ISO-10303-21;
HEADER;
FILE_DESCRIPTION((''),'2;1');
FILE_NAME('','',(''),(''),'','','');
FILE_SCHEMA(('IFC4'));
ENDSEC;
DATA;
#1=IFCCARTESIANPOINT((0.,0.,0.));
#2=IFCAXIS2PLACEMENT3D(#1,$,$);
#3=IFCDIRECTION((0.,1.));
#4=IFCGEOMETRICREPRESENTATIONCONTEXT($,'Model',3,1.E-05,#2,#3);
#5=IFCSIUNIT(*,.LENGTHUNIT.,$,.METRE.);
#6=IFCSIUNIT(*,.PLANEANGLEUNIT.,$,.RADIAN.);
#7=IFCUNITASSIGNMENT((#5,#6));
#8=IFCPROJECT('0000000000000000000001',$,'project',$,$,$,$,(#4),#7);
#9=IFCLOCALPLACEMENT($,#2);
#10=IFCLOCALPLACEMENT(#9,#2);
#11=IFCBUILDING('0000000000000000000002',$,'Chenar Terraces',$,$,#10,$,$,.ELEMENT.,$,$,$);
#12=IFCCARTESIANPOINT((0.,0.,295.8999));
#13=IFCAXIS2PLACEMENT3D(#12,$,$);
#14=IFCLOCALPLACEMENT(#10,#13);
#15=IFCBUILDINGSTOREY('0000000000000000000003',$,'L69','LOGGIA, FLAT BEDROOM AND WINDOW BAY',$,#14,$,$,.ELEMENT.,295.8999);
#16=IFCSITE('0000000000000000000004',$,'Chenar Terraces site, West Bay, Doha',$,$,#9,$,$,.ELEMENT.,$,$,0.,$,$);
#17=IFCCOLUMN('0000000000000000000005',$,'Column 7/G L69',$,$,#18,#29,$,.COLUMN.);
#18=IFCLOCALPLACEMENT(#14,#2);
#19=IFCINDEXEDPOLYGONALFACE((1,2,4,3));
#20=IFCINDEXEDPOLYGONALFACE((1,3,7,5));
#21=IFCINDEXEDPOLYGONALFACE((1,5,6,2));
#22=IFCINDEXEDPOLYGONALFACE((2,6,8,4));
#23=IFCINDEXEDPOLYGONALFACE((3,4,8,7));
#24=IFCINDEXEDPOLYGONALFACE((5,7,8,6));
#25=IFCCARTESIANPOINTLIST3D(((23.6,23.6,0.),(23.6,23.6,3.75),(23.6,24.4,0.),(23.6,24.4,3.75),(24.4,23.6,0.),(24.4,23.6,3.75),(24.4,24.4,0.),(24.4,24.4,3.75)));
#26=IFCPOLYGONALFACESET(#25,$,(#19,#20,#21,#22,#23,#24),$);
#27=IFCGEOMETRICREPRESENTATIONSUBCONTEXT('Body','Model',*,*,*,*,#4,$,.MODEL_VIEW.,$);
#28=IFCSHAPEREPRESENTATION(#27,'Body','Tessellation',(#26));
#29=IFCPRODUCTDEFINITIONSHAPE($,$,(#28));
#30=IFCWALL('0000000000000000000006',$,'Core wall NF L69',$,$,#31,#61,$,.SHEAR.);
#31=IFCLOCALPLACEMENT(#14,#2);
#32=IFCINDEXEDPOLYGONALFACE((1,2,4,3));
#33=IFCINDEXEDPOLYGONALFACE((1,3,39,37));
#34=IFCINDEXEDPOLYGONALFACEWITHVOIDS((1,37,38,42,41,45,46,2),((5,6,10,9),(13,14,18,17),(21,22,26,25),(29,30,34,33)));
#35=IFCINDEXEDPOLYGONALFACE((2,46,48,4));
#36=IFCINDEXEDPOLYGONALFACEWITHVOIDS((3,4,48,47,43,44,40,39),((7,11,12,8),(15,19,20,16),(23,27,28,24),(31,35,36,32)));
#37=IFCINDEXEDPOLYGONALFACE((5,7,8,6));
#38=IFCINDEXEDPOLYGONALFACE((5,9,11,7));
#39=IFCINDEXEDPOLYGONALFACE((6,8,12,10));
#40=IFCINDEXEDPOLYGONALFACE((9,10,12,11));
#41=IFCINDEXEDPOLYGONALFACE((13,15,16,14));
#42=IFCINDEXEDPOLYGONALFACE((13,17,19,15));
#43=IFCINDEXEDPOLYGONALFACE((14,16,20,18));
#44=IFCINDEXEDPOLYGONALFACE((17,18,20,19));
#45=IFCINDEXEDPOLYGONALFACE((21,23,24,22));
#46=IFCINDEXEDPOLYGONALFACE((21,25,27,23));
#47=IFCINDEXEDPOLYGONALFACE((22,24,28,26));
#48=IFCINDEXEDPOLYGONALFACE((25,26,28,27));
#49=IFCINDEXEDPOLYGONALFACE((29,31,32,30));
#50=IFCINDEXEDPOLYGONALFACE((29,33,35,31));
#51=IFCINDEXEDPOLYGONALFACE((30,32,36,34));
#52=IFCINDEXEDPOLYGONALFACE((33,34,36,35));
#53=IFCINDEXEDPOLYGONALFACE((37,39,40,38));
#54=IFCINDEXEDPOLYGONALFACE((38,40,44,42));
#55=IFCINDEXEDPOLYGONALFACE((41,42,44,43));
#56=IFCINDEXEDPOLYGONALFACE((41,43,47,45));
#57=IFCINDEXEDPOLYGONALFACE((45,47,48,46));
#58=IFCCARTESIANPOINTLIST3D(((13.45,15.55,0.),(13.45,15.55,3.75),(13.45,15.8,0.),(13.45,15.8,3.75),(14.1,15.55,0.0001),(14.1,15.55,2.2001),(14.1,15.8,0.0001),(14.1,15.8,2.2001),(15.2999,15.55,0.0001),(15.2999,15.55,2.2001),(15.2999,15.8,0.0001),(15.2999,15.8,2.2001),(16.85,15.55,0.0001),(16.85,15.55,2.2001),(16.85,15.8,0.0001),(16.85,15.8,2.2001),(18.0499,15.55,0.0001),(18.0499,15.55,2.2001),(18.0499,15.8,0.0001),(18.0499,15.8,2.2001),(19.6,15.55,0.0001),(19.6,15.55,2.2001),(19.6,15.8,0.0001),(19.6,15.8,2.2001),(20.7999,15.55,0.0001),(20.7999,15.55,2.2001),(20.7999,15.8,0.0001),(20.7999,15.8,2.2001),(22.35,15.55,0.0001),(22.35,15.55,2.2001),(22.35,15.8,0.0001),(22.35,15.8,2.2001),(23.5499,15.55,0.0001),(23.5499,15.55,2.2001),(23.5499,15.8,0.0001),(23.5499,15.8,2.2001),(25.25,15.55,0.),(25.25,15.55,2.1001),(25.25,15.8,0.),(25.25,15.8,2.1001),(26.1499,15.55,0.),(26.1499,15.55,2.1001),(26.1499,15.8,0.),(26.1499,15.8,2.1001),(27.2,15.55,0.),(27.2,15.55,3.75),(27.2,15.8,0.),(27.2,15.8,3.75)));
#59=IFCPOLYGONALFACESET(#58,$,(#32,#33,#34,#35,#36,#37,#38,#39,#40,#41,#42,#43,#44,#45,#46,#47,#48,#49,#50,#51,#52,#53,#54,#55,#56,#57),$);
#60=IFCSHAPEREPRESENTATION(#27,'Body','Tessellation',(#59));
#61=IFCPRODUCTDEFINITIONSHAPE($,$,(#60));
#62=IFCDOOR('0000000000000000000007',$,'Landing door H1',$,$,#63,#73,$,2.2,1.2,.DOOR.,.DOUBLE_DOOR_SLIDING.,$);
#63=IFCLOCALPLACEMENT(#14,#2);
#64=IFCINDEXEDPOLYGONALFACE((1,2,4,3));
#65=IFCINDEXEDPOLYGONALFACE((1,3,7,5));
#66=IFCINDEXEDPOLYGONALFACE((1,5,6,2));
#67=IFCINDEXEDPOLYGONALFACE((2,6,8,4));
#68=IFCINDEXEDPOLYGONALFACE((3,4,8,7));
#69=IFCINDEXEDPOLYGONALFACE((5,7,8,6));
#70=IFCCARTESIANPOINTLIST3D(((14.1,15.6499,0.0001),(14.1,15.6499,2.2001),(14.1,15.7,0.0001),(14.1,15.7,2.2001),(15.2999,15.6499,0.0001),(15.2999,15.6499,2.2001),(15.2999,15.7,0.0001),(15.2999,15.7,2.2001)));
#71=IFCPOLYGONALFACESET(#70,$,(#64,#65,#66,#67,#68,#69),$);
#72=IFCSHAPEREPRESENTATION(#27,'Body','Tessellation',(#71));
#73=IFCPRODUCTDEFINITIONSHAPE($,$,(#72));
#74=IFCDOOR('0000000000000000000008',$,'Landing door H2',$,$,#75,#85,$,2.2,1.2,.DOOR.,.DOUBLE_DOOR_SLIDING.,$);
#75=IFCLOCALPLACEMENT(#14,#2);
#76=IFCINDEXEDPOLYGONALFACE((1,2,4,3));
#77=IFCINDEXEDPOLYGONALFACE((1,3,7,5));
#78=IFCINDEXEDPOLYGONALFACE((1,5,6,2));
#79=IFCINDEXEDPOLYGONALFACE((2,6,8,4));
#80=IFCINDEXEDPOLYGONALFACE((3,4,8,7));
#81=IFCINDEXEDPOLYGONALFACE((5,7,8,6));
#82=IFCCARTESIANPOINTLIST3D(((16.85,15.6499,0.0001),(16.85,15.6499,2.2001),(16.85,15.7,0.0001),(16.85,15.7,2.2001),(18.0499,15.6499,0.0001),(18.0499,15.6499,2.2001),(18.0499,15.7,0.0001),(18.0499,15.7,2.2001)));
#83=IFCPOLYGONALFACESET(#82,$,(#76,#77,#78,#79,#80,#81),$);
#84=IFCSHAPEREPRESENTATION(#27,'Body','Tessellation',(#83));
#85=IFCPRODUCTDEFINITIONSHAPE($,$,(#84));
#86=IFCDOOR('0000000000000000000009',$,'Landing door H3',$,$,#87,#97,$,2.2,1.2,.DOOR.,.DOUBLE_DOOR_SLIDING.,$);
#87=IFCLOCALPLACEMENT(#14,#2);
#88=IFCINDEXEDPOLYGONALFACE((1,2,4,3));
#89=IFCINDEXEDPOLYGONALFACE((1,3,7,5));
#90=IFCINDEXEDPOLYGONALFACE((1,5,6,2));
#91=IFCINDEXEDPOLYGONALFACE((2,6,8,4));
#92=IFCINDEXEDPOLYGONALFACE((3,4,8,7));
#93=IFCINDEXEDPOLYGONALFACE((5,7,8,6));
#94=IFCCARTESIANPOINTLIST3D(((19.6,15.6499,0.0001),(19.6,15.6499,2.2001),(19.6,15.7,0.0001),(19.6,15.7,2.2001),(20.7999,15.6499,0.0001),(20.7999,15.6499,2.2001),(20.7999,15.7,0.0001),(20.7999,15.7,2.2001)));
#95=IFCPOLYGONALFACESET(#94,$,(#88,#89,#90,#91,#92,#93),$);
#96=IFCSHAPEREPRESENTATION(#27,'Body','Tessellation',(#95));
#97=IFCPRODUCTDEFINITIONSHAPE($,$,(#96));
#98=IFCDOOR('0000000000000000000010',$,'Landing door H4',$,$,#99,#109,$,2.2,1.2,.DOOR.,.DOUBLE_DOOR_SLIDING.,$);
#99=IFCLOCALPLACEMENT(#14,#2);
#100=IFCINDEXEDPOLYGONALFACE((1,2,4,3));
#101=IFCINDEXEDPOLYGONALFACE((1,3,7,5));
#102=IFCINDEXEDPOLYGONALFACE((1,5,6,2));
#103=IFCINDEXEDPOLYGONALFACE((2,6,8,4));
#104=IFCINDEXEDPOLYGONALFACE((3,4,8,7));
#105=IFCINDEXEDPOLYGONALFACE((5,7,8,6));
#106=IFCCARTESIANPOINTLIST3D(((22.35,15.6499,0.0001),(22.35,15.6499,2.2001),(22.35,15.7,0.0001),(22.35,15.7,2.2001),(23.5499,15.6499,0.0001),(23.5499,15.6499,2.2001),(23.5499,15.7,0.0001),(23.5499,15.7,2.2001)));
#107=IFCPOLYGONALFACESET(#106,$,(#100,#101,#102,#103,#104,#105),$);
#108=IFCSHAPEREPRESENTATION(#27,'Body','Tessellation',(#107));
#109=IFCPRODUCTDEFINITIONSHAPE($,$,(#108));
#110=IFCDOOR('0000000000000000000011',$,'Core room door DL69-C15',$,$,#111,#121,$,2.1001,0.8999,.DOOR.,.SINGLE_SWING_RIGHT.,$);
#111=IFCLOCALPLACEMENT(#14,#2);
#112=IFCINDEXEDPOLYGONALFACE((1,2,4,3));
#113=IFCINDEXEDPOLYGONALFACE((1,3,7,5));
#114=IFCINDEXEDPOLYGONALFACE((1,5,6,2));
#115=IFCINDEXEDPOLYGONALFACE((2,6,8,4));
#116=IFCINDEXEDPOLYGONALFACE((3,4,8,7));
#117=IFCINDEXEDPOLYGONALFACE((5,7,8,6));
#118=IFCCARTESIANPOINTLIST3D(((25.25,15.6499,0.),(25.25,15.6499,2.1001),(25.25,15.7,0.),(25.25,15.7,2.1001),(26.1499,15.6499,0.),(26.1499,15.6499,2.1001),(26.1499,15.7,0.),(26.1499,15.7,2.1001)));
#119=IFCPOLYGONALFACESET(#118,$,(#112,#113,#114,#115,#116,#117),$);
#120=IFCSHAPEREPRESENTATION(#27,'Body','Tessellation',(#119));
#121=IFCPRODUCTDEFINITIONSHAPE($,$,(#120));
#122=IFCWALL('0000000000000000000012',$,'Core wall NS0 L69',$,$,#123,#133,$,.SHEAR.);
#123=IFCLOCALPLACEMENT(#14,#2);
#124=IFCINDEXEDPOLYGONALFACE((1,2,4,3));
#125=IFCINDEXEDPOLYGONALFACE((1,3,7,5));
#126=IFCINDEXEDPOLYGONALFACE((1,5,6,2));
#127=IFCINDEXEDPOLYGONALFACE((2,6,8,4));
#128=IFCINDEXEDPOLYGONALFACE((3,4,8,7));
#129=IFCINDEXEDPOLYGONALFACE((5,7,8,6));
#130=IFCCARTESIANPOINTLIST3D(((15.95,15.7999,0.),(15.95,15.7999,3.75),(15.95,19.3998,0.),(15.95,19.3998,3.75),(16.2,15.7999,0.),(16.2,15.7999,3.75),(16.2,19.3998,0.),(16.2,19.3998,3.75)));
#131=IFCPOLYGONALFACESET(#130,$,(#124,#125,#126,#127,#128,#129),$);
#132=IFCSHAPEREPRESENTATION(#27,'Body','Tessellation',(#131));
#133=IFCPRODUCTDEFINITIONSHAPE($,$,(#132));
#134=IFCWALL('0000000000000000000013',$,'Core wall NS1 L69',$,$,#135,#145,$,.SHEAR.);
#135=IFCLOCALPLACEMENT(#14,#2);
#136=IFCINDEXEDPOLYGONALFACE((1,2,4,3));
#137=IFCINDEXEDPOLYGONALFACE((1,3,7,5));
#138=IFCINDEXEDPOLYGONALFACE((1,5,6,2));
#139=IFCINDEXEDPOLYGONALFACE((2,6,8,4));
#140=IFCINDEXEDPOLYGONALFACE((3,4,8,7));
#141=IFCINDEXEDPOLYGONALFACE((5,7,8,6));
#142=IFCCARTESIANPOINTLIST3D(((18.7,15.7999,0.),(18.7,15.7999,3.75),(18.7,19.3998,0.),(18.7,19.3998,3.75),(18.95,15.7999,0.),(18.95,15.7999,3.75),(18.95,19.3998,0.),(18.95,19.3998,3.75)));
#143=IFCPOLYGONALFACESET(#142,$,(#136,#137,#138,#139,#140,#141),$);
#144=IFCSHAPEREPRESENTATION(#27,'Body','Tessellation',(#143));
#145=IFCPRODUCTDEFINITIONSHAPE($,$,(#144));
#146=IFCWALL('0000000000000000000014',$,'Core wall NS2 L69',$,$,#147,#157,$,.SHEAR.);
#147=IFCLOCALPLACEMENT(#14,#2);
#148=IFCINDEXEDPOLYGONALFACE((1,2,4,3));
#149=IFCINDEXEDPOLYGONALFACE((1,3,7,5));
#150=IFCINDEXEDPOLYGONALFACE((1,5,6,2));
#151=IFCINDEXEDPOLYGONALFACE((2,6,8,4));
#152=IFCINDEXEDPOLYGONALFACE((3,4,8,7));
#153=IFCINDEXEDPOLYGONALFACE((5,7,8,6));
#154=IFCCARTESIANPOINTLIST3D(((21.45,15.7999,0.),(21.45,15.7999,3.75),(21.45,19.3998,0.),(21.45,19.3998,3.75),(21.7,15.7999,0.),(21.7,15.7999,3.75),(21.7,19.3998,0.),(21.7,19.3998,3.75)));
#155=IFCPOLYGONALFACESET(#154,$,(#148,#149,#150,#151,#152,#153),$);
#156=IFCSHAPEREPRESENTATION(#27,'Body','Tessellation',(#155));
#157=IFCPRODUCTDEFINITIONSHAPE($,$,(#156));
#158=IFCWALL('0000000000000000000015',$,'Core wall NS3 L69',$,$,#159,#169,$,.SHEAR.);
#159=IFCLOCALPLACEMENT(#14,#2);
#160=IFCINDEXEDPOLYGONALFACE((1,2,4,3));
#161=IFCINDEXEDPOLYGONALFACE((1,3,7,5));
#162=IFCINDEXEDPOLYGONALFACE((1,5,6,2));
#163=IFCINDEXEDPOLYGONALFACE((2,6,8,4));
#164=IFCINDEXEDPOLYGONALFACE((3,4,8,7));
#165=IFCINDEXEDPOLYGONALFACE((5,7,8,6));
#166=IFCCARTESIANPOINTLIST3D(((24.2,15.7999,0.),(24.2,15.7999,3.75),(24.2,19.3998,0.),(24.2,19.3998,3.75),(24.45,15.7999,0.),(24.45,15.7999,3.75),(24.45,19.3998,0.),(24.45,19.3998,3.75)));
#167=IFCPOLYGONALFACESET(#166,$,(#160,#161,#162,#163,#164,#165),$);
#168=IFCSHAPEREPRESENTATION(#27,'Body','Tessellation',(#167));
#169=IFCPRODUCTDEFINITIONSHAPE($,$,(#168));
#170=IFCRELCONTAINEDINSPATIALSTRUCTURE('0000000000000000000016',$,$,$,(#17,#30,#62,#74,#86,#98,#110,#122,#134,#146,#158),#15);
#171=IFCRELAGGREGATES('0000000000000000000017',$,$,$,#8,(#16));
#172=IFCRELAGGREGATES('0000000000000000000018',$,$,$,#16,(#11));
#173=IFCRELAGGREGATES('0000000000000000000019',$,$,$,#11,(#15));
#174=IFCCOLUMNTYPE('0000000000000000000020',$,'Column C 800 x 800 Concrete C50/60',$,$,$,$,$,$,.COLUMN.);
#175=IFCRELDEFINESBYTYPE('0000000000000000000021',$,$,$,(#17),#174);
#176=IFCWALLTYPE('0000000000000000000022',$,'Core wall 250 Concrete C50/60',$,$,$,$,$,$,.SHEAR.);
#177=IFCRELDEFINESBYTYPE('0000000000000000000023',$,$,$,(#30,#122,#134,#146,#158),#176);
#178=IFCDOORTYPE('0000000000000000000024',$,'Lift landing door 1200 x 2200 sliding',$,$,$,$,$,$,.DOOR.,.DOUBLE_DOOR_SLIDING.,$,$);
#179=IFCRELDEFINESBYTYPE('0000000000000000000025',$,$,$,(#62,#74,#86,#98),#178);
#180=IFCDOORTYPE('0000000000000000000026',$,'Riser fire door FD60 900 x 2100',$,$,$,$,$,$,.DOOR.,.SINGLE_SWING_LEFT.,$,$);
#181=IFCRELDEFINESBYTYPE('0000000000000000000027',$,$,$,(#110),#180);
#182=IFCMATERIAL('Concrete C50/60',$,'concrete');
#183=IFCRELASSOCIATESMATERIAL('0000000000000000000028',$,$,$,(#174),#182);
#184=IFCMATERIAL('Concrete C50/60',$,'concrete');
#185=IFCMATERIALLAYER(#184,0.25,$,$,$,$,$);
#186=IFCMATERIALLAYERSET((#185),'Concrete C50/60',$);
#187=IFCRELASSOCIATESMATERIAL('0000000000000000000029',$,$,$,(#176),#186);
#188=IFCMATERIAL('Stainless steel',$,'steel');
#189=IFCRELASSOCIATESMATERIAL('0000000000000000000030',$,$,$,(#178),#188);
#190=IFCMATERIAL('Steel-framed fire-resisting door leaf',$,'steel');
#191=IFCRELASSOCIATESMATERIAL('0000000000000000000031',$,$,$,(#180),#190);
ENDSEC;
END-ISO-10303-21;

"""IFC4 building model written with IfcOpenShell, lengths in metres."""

from ifc_helpers import new_model, si_unit, direction, frame, frame_2d, origin, origin_2d, place, context, subcontext, project, spatial, rectangle, extrude, material, layer, layer_set, material_profile, profile_set, type_object, element, fill, save


model = new_model("IFC4")

# Units and contexts
model_context = context("Model", 3, precision=1e-05, world=origin(), true_north=direction((0.0, 1.0)))
body_context = subcontext(model_context, "Body", "Model", "MODEL_VIEW")
ifc_project = project(units=[si_unit("LENGTHUNIT", "METRE"), si_unit("PLANEANGLEUNIT", "RADIAN")], contexts=[model_context])

# Site, building, storey
site_placement = place(None, origin())
site = spatial("IfcSite", under=ifc_project, at=site_placement, Name="Chenar Terraces site, West Bay, Doha", CompositionType="ELEMENT", RefElevation=0.0)
building_placement = place(site_placement, origin())
building = spatial("IfcBuilding", under=site, at=building_placement, Name="Chenar Terraces", CompositionType="ELEMENT")
storey_placement = place(building_placement, frame((0.0, 0.0, 295.8999)))
storey = spatial("IfcBuildingStorey", under=building, at=storey_placement, Name="L69", Description="LOGGIA, FLAT BEDROOM AND WINDOW BAY", CompositionType="ELEMENT", Elevation=295.8999)

# Column
ifc_material_1 = material(Name="Concrete C50/60", Category="concrete")
ifc_material_profile = material_profile(ifc_material_1, rectangle(XDim=0.8, YDim=0.8, at=origin_2d()), Name="C 800 x 800")
ifc_profile_set = profile_set([ifc_material_profile], Name="Concrete C50/60")
column_type = type_object("IfcColumnType", Name="Column C 800 x 800 Concrete C50/60", PredefinedType="COLUMN", material=ifc_profile_set)
column_placement = place(storey_placement, frame((24.0, 24.0, 0.0), z_axis=(0.0, 0.0, 1.0), x_axis=(1.0, 0.0, 0.0)))
element("IfcColumn", 1, at=column_placement, inside=storey, type_object=column_type, Name="Column 7/G L69", PredefinedType="COLUMN", context=body_context, shape_type="SweptSolid", body=[
    extrude(rectangle(XDim=0.8, YDim=0.8, at=origin_2d()), origin(), (0.0, 0.0, 1.0), 3.75),
])

# Wall, openings, doors
ifc_material_2 = material(Name="Concrete C50/60", Category="concrete")
ifc_layer_1 = layer(ifc_material_2, 0.25)
ifc_layer_set_1 = layer_set([ifc_layer_1], Name="Concrete C50/60")
wall_type_1 = type_object("IfcWallType", Name="Core wall 250 Concrete C50/60", PredefinedType="SHEAR", material=ifc_layer_set_1)
wall_1_placement = place(storey_placement, frame((13.45, 15.675, 0.0), z_axis=(0.0, 0.0, 1.0), x_axis=(1.0, 0.0, 0.0)))
wall_1 = element("IfcWall", 2, at=wall_1_placement, inside=storey, type_object=wall_type_1, Name="Core wall NF L69", PredefinedType="SHEAR", context=body_context, shape_type="SweptSolid", body=[
    extrude(rectangle(XDim=13.75, YDim=0.25, at=frame_2d((6.875, 0.0))), origin(), (0.0, 0.0, 1.0), 3.75),
])
opening_1_placement = place(wall_1_placement, frame((0.6499, 0.0, 0.0)))
opening_1 = element("IfcOpeningElement", 3, at=opening_1_placement, cuts=wall_1, PredefinedType="OPENING", context=body_context, shape_type="SweptSolid", body=[
    extrude(rectangle(XDim=1.2, YDim=2.2, at=frame_2d((0.6001, 1.1001))), frame((0.0, 0.135, 0.0), z_axis=(0.0, -1.0, 0.0), x_axis=(1.0, 0.0, 0.0)), (0.0, 0.0, 1.0), 0.27),
])
opening_2_placement = place(wall_1_placement, frame((3.3999, 0.0, 0.0)))
opening_2 = element("IfcOpeningElement", 4, at=opening_2_placement, cuts=wall_1, PredefinedType="OPENING", context=body_context, shape_type="SweptSolid", body=[
    extrude(rectangle(XDim=1.2, YDim=2.2, at=frame_2d((0.6001, 1.1001))), frame((0.0, 0.135, 0.0), z_axis=(0.0, -1.0, 0.0), x_axis=(1.0, 0.0, 0.0)), (0.0, 0.0, 1.0), 0.27),
])
opening_3_placement = place(wall_1_placement, frame((6.1499, 0.0, 0.0)))
opening_3 = element("IfcOpeningElement", 5, at=opening_3_placement, cuts=wall_1, PredefinedType="OPENING", context=body_context, shape_type="SweptSolid", body=[
    extrude(rectangle(XDim=1.2, YDim=2.2, at=frame_2d((0.6001, 1.1001))), frame((0.0, 0.135, 0.0), z_axis=(0.0, -1.0, 0.0), x_axis=(1.0, 0.0, 0.0)), (0.0, 0.0, 1.0), 0.27),
])
opening_4_placement = place(wall_1_placement, frame((8.8999, 0.0, 0.0)))
opening_4 = element("IfcOpeningElement", 6, at=opening_4_placement, cuts=wall_1, PredefinedType="OPENING", context=body_context, shape_type="SweptSolid", body=[
    extrude(rectangle(XDim=1.2, YDim=2.2, at=frame_2d((0.6001, 1.1001))), frame((0.0, 0.135, 0.0), z_axis=(0.0, -1.0, 0.0), x_axis=(1.0, 0.0, 0.0)), (0.0, 0.0, 1.0), 0.27),
])
opening_5_placement = place(wall_1_placement, frame((11.8, 0.0, 0.0)))
opening_5 = element("IfcOpeningElement", 7, at=opening_5_placement, cuts=wall_1, PredefinedType="OPENING", context=body_context, shape_type="SweptSolid", body=[
    extrude(rectangle(XDim=0.8999, YDim=2.1001, at=frame_2d((0.45, 1.05))), frame((0.0, 0.135, 0.0), z_axis=(0.0, -1.0, 0.0), x_axis=(1.0, 0.0, 0.0)), (0.0, 0.0, 1.0), 0.27),
])
ifc_material_3 = material(Name="Stainless steel", Category="steel")
door_type_1 = type_object("IfcDoorType", Name="Lift landing door 1200 x 2200 sliding", OperationType="DOUBLE_DOOR_SLIDING", PredefinedType="DOOR", material=ifc_material_3)
door_1_placement = place(opening_1_placement, origin())
door_1 = element("IfcDoor", 8, at=door_1_placement, inside=storey, type_object=door_type_1, Name="Landing door H1", OperationType="DOUBLE_DOOR_SLIDING", OverallHeight=2.2, OverallWidth=1.2, PredefinedType="DOOR", context=body_context, shape_type="SweptSolid", body=[
    extrude(rectangle(XDim=1.2, YDim=2.2, at=frame_2d((0.6001, 1.1001))), frame((0.0, 0.0249, 0.0), z_axis=(0.0, -1.0, 0.0), x_axis=(1.0, 0.0, 0.0)), (0.0, 0.0, 1.0), 0.05),
])
fill(opening_1, door_1)
door_2_placement = place(opening_2_placement, origin())
door_2 = element("IfcDoor", 9, at=door_2_placement, inside=storey, type_object=door_type_1, Name="Landing door H2", OperationType="DOUBLE_DOOR_SLIDING", OverallHeight=2.2, OverallWidth=1.2, PredefinedType="DOOR", context=body_context, shape_type="SweptSolid", body=[
    extrude(rectangle(XDim=1.2, YDim=2.2, at=frame_2d((0.6001, 1.1001))), frame((0.0, 0.0249, 0.0), z_axis=(0.0, -1.0, 0.0), x_axis=(1.0, 0.0, 0.0)), (0.0, 0.0, 1.0), 0.05),
])
fill(opening_2, door_2)
door_3_placement = place(opening_3_placement, origin())
door_3 = element("IfcDoor", 10, at=door_3_placement, inside=storey, type_object=door_type_1, Name="Landing door H3", OperationType="DOUBLE_DOOR_SLIDING", OverallHeight=2.2, OverallWidth=1.2, PredefinedType="DOOR", context=body_context, shape_type="SweptSolid", body=[
    extrude(rectangle(XDim=1.2, YDim=2.2, at=frame_2d((0.6001, 1.1001))), frame((0.0, 0.0249, 0.0), z_axis=(0.0, -1.0, 0.0), x_axis=(1.0, 0.0, 0.0)), (0.0, 0.0, 1.0), 0.05),
])
fill(opening_3, door_3)
door_4_placement = place(opening_4_placement, origin())
door_4 = element("IfcDoor", 11, at=door_4_placement, inside=storey, type_object=door_type_1, Name="Landing door H4", OperationType="DOUBLE_DOOR_SLIDING", OverallHeight=2.2, OverallWidth=1.2, PredefinedType="DOOR", context=body_context, shape_type="SweptSolid", body=[
    extrude(rectangle(XDim=1.2, YDim=2.2, at=frame_2d((0.6001, 1.1001))), frame((0.0, 0.0249, 0.0), z_axis=(0.0, -1.0, 0.0), x_axis=(1.0, 0.0, 0.0)), (0.0, 0.0, 1.0), 0.05),
])
fill(opening_4, door_4)
ifc_material_4 = material(Name="Steel-framed fire-resisting door leaf", Category="steel")
door_type_2 = type_object("IfcDoorType", Name="Riser fire door FD60 900 x 2100", OperationType="SINGLE_SWING_LEFT", PredefinedType="DOOR", material=ifc_material_4)
door_5_placement = place(opening_5_placement, origin())
door_5 = element("IfcDoor", 12, at=door_5_placement, inside=storey, type_object=door_type_2, Name="Core room door DL69-C15", OperationType="SINGLE_SWING_RIGHT", OverallHeight=2.1001, OverallWidth=0.8999, PredefinedType="DOOR", context=body_context, shape_type="SweptSolid", body=[
    extrude(rectangle(XDim=0.8999, YDim=2.1001, at=frame_2d((0.45, 1.05))), frame((0.0, 0.0249, 0.0), z_axis=(0.0, -1.0, 0.0), x_axis=(1.0, 0.0, 0.0)), (0.0, 0.0, 1.0), 0.05),
])
fill(opening_5, door_5)

# Walls
for number, where, z_axis, x_axis, name in (
    (13, (16.075, 15.8, 0.0), (0.0, 0.0, 1.0), (0.0, 1.0, 0.0), "Core wall NS0 L69"),
    (14, (18.825, 15.8, 0.0), (0.0, 0.0, 1.0), (0.0, 1.0, 0.0), "Core wall NS1 L69"),
    (15, (21.575, 15.8, 0.0), (0.0, 0.0, 1.0), (0.0, 1.0, 0.0), "Core wall NS2 L69"),
    (16, (24.325, 15.8, 0.0), (0.0, 0.0, 1.0), (0.0, 1.0, 0.0), "Core wall NS3 L69"),
):
    element("IfcWall", number, at=place(storey_placement, frame(where, z_axis=z_axis, x_axis=x_axis)), inside=storey, type_object=wall_type_1, Name=name, PredefinedType="SHEAR", context=body_context, shape_type="SweptSolid", body=[
        extrude(rectangle(XDim=3.5999, YDim=0.25, at=frame_2d((1.7998, 0.0))), origin(), (0.0, 0.0, 1.0), 3.75),
    ])

save(model, "model.ifc")
